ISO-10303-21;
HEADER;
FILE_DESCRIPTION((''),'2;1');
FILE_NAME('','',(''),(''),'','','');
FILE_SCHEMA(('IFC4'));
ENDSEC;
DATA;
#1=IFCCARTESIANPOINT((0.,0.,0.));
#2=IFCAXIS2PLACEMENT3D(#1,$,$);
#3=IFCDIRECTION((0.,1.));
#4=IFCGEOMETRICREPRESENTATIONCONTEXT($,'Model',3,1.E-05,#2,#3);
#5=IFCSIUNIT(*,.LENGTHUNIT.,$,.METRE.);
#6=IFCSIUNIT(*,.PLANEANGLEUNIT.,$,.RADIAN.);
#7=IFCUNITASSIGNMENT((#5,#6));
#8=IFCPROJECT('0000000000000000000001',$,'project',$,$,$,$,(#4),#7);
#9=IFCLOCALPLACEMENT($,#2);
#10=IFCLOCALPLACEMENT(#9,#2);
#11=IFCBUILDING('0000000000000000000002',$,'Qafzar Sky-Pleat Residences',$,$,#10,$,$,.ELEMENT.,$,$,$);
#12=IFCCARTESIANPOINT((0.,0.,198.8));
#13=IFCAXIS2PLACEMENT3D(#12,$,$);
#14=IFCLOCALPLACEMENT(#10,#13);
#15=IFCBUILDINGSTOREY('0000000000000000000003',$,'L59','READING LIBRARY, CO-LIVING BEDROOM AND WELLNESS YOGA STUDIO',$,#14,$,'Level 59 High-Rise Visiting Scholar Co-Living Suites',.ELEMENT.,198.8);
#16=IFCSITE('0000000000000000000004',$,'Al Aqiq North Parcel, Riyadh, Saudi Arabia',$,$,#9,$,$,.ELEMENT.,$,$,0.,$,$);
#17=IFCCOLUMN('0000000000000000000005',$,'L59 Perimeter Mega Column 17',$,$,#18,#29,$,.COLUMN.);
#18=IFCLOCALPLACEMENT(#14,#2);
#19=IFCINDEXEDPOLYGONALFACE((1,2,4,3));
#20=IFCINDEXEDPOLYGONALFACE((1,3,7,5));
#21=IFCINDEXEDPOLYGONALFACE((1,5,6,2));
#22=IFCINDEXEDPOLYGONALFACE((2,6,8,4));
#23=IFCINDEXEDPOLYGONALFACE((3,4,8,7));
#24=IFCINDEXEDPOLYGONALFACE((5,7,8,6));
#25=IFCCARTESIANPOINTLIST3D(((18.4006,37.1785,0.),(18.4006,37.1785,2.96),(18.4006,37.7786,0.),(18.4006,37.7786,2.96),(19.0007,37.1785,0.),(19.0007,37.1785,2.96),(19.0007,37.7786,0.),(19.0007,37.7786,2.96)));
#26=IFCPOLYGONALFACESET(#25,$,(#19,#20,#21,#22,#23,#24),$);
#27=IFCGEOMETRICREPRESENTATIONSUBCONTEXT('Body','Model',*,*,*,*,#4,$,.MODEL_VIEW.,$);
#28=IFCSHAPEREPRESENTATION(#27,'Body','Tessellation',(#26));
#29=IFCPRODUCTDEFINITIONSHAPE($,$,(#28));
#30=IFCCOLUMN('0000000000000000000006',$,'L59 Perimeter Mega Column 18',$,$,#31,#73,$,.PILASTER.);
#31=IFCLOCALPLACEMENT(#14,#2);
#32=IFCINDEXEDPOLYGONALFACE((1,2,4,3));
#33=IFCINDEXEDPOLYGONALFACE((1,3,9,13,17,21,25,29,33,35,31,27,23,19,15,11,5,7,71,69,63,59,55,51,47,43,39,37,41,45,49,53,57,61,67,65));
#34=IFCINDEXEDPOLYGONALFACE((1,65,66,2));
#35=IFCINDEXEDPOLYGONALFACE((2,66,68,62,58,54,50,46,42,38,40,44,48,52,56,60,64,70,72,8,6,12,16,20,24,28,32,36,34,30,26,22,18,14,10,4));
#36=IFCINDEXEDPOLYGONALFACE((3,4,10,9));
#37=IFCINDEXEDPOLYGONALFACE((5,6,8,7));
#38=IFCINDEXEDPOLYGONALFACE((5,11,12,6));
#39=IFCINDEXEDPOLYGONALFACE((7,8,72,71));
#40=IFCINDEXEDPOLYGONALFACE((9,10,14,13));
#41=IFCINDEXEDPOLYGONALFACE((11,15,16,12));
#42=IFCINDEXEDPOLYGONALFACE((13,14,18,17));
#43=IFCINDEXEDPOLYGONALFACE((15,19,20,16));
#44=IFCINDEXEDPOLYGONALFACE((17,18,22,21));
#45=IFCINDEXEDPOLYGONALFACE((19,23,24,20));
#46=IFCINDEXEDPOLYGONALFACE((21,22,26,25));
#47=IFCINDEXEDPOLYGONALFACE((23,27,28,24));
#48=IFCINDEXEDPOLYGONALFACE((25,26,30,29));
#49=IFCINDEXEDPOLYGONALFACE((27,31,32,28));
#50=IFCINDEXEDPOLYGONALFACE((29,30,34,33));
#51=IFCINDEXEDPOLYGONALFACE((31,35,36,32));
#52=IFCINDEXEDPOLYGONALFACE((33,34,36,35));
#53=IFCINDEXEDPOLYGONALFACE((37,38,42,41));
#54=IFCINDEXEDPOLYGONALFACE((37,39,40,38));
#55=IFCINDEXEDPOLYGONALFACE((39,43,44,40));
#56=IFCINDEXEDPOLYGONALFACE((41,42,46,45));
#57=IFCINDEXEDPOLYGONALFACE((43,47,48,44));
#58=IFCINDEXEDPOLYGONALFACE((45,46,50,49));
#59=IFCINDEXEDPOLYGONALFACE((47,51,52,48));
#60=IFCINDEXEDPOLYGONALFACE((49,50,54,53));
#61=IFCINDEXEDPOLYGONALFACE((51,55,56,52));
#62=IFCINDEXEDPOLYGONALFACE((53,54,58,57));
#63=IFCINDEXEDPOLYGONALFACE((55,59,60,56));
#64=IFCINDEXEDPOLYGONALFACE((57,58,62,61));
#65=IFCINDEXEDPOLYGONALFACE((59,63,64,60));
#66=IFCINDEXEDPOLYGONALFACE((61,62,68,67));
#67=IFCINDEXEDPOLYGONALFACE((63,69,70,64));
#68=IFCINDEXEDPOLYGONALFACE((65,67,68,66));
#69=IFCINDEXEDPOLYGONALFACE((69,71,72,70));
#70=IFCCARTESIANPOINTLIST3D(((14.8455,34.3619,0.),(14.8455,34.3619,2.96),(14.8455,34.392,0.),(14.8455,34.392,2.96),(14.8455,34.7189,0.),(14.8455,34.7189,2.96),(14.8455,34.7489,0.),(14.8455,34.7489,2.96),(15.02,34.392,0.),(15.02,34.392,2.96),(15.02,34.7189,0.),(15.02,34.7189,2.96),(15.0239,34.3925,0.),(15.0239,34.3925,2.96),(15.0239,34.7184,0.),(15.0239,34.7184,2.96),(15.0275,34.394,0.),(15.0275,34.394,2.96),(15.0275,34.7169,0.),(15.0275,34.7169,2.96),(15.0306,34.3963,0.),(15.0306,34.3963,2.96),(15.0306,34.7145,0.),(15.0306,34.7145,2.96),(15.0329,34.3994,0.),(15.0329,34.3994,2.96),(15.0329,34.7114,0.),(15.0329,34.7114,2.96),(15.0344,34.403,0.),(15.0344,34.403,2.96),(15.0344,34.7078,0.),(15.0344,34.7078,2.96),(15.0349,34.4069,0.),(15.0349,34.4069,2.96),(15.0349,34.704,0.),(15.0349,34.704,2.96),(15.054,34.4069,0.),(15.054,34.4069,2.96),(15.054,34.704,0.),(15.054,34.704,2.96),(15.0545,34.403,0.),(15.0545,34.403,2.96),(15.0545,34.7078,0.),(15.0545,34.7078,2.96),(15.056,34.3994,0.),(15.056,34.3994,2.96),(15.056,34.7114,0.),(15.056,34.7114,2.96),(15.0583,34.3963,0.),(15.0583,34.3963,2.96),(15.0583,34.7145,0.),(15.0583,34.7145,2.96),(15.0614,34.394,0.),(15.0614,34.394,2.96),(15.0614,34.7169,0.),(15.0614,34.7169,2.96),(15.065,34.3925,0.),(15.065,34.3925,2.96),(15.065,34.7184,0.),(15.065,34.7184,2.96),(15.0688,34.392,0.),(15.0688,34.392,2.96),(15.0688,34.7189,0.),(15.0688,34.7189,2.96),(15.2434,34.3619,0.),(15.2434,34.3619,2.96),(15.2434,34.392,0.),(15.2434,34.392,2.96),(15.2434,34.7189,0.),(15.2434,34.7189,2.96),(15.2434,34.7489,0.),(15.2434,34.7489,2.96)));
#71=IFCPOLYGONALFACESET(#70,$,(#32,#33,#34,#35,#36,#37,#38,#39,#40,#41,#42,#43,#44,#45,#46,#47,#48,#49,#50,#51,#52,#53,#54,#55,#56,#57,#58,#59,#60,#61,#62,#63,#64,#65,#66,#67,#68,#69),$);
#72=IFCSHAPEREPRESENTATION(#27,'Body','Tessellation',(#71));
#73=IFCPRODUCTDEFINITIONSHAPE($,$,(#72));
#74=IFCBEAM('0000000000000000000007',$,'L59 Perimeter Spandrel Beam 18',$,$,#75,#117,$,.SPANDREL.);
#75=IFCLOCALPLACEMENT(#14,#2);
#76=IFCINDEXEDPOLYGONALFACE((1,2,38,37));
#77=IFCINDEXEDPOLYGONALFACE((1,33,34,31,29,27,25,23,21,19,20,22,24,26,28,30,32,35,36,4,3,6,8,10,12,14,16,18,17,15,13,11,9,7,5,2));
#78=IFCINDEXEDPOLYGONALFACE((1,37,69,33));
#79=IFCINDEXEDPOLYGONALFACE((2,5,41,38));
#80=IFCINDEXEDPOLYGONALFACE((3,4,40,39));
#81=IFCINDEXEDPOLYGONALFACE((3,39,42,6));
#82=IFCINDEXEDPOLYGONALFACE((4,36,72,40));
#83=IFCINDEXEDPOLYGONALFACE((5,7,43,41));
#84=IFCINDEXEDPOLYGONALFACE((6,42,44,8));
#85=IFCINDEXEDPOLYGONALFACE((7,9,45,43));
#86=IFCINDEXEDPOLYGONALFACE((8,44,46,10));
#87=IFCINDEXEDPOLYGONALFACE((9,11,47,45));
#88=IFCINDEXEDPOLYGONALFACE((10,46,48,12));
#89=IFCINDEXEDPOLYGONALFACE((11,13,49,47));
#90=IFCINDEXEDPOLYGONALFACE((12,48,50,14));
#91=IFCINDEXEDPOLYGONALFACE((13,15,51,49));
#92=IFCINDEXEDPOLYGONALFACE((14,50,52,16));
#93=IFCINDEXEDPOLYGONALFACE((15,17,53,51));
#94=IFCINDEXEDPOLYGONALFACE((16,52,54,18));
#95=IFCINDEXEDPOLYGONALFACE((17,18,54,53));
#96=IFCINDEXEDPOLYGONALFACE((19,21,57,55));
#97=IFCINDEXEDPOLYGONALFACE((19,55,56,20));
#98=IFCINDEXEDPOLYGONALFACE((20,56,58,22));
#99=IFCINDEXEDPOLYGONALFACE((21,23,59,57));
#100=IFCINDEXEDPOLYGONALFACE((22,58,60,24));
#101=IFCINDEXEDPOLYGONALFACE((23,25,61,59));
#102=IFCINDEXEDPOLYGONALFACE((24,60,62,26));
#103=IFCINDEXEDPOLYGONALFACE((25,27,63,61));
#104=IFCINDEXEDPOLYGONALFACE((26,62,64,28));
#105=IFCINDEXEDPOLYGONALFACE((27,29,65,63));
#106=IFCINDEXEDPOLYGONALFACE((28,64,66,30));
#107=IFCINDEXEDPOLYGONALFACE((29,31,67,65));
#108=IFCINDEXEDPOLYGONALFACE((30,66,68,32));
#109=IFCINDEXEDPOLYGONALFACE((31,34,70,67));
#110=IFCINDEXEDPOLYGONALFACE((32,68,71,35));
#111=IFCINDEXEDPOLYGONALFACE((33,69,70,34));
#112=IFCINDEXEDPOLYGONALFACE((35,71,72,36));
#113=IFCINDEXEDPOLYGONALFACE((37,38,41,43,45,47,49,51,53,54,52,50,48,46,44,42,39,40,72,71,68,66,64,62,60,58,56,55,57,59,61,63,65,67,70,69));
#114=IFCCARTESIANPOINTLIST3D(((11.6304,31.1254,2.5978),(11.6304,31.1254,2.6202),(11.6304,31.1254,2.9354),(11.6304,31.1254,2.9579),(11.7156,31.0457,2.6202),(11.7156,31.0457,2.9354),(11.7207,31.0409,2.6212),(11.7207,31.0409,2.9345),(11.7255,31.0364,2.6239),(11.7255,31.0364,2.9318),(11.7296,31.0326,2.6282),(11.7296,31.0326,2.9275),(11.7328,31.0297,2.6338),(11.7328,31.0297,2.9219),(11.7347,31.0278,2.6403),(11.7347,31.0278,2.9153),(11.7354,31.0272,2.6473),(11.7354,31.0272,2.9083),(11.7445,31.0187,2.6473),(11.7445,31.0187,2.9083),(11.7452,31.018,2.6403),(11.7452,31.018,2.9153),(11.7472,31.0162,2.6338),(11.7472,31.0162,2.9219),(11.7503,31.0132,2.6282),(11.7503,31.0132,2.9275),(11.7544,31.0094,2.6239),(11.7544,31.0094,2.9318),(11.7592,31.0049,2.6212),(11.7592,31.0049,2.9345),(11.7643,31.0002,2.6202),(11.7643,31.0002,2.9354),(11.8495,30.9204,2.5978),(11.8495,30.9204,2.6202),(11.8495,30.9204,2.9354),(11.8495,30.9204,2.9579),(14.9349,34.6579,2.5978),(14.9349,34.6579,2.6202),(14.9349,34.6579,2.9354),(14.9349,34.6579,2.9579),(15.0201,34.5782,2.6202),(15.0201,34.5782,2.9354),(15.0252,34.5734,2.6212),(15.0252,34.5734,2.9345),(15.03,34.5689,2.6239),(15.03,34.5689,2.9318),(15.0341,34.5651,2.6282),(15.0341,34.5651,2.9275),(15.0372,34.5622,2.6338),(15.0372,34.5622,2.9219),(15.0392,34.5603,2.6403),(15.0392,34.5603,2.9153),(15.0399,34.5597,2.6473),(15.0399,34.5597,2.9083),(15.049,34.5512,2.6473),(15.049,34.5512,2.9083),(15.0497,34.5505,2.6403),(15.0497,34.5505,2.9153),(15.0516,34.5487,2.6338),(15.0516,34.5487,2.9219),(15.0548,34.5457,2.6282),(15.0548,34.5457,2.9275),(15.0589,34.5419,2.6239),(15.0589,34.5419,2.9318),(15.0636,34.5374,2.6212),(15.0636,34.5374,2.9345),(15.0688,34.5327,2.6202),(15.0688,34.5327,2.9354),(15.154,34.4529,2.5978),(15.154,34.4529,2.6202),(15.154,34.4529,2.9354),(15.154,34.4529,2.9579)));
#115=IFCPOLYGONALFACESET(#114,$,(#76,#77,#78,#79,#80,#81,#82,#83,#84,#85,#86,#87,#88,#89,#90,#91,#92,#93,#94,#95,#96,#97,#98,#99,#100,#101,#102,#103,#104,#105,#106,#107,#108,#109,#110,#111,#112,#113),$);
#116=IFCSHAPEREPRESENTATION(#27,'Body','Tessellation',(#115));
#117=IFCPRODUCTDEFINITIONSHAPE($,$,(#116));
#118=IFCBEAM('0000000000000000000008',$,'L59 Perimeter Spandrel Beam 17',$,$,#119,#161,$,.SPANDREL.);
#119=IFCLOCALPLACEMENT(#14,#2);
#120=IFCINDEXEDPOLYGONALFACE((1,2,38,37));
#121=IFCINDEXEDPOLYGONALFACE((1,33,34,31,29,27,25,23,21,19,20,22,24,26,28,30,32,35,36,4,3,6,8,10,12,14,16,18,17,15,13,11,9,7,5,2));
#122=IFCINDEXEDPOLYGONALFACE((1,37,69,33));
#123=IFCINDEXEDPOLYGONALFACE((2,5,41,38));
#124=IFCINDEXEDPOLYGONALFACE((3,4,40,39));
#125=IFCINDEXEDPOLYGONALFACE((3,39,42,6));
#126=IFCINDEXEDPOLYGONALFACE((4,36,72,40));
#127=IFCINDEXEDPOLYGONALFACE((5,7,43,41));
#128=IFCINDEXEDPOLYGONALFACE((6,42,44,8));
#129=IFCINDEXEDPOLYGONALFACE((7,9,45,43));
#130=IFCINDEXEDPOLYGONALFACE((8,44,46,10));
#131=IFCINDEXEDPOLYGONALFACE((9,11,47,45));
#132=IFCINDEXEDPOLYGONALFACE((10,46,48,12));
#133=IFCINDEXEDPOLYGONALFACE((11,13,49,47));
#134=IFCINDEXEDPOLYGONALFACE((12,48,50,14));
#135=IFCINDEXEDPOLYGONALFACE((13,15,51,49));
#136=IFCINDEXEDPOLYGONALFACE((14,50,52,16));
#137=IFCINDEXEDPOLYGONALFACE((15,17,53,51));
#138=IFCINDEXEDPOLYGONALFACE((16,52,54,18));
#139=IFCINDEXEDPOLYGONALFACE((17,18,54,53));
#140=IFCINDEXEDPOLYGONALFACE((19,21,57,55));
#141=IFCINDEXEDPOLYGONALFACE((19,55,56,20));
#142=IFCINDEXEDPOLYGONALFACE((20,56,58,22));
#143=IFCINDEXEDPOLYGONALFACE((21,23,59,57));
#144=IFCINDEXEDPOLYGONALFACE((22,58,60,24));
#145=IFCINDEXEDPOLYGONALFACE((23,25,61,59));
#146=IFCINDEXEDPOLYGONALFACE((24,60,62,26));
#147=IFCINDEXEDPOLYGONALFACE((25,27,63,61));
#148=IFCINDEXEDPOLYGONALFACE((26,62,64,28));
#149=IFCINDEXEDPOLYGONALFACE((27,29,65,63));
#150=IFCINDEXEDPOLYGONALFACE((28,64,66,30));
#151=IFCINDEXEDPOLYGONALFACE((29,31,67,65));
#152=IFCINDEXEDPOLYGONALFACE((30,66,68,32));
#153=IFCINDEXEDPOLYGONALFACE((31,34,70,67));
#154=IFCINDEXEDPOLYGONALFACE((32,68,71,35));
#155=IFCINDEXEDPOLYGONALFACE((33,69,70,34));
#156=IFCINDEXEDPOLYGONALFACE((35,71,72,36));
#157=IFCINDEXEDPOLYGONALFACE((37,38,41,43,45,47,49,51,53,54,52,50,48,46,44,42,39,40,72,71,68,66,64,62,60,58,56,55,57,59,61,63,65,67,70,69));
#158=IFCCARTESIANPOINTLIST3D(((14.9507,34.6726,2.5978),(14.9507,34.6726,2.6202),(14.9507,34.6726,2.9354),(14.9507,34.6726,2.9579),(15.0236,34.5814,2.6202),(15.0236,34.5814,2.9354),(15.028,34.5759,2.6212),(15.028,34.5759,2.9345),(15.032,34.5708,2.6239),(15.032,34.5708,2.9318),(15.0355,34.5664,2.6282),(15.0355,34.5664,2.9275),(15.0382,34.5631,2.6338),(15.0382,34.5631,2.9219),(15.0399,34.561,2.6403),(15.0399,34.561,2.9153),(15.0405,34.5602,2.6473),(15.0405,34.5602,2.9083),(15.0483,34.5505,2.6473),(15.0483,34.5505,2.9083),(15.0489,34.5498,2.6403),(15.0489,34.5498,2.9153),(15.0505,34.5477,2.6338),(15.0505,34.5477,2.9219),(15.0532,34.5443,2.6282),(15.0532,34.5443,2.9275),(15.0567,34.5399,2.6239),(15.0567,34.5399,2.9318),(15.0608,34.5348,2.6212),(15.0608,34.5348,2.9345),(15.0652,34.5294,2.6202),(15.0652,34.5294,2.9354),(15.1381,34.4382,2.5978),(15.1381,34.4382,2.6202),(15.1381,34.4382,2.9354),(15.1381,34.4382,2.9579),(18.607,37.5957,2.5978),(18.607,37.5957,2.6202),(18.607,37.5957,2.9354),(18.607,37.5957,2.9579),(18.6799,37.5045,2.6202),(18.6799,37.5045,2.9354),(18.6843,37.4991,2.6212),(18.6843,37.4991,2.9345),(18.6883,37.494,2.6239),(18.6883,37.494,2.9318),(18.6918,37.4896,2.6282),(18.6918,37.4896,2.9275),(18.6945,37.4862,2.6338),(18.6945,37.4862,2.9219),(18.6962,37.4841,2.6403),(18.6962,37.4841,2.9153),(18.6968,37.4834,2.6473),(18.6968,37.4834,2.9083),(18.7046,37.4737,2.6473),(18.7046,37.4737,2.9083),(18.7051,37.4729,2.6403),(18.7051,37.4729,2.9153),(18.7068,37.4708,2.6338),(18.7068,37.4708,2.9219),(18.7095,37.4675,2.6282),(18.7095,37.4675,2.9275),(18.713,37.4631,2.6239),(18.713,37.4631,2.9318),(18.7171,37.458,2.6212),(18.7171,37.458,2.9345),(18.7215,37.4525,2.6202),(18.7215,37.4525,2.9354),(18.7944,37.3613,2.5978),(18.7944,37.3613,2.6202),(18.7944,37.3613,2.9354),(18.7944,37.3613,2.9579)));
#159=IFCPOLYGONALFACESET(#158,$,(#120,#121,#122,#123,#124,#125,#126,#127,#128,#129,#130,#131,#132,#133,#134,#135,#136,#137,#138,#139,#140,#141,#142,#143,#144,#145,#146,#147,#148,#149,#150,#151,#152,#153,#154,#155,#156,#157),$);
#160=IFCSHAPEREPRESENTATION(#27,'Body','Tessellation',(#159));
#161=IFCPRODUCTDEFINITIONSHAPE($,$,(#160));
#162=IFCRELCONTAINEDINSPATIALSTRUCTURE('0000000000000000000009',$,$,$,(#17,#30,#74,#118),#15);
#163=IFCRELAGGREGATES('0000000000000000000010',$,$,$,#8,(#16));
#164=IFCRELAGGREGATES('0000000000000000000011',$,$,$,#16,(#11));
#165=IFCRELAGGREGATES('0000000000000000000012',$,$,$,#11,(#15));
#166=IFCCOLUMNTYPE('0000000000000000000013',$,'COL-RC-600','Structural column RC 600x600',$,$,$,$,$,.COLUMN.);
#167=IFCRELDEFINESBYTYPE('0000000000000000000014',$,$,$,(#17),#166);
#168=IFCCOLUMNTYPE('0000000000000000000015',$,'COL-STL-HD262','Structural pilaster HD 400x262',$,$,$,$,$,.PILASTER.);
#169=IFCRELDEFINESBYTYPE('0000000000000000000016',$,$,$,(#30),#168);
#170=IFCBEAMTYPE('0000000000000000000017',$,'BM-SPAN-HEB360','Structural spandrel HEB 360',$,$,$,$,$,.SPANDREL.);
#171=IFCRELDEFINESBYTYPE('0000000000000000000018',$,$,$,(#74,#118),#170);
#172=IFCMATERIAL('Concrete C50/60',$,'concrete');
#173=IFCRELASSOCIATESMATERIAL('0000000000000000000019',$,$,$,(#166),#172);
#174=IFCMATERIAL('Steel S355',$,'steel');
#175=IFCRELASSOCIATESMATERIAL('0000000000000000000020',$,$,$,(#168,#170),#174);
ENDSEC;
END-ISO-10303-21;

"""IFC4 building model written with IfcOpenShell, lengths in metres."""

from ifc_helpers import new_model, si_unit, direction, frame, origin, origin_2d, place, context, subcontext, project, spatial, rectangle, i_section, extrude, source, transform, mapped, material, material_profile, profile_set, type_object, element, save


model = new_model("IFC4")

# Units and contexts
model_context = context("Model", 3, precision=1e-05, world=origin(), true_north=direction((0.0, 1.0)))
body_context = subcontext(model_context, "Body", "Model", "MODEL_VIEW")
ifc_project = project(units=[si_unit("LENGTHUNIT", "METRE"), si_unit("PLANEANGLEUNIT", "RADIAN")], contexts=[model_context])

# Site, building, storey
site_placement = place(None, origin())
site = spatial("IfcSite", under=ifc_project, at=site_placement, Name="Al Aqiq North Parcel, Riyadh, Saudi Arabia", CompositionType="ELEMENT", RefElevation=0.0)
building_placement = place(site_placement, origin())
building = spatial("IfcBuilding", under=site, at=building_placement, Name="Qafzar Sky-Pleat Residences", CompositionType="ELEMENT")
storey_placement = place(building_placement, frame((0.0, 0.0, 198.8)))
storey = spatial("IfcBuildingStorey", under=building, at=storey_placement, Name="L59", Description="READING LIBRARY, CO-LIVING BEDROOM AND WELLNESS YOGA STUDIO", LongName="Level 59 High-Rise Visiting Scholar Co-Living Suites", CompositionType="ELEMENT", Elevation=198.8)

# Columns
ifc_material_1 = material(Name="Concrete C50/60", Category="concrete")
ifc_material_profile_1 = material_profile(ifc_material_1, rectangle(XDim=0.6001, YDim=0.6001, at=origin_2d()), Name="RC 600x600")
ifc_profile_set_1 = profile_set([ifc_material_profile_1], Name="Concrete C50/60")
column_type_1 = type_object("IfcColumnType", Name="COL-RC-600", Description="Structural column RC 600x600", PredefinedType="COLUMN", material=ifc_profile_set_1)
shared_shape_1 = source(origin(), body_context, "Body", "SweptSolid", [
    extrude(rectangle(XDim=0.6001, YDim=0.6001, at=origin_2d()), origin(), (0.0, 0.0, 1.0), 2.96),
])
column_1_placement = place(storey_placement, frame((18.7007, 37.4785, 0.0), z_axis=(0.0, 0.0, 1.0), x_axis=(1.0, 0.0, 0.0)))
element("IfcColumn", 1, at=column_1_placement, inside=storey, type_object=column_type_1, Name="L59 Perimeter Mega Column 17", PredefinedType="COLUMN", context=body_context, shape_type="MappedRepresentation", body=[
    mapped(shared_shape_1, transform((0.0, 0.0, 0.0), x_axis=(1.0, 0.0, 0.0), y_axis=(0.0, 1.0, 0.0), z_axis=(0.0, 0.0, 1.0), scale=1.0)),
])
ifc_material_2 = material(Name="Steel S355", Category="steel")
ifc_material_profile_2 = material_profile(ifc_material_2, i_section(OverallWidth=0.3979, OverallDepth=0.387, WebThickness=0.019, FlangeThickness=0.03, FilletRadius=0.0149, at=origin_2d()), Name="HD 400x262")
ifc_profile_set_2 = profile_set([ifc_material_profile_2], Name="Steel S355")
column_type_2 = type_object("IfcColumnType", Name="COL-STL-HD262", Description="Structural pilaster HD 400x262", PredefinedType="PILASTER", material=ifc_profile_set_2)
shared_shape_2 = source(origin(), body_context, "Body", "SweptSolid", [
    extrude(i_section(OverallWidth=0.3979, OverallDepth=0.387, WebThickness=0.019, FlangeThickness=0.03, FilletRadius=0.0149, at=origin_2d()), origin(), (0.0, 0.0, 1.0), 2.96),
])
column_2_placement = place(storey_placement, frame((15.0444, 34.5554, 0.0), z_axis=(0.0, 0.0, 1.0), x_axis=(1.0, 0.0, 0.0)))
element("IfcColumn", 2, at=column_2_placement, inside=storey, type_object=column_type_2, Name="L59 Perimeter Mega Column 18", PredefinedType="PILASTER", context=body_context, shape_type="MappedRepresentation", body=[
    mapped(shared_shape_2, transform((0.0, 0.0, 0.0), x_axis=(1.0, 0.0, 0.0), y_axis=(0.0, 1.0, 0.0), z_axis=(0.0, 0.0, 1.0), scale=1.0)),
])

# Beams
ifc_material_profile_3 = material_profile(ifc_material_2, i_section(OverallWidth=0.3, OverallDepth=0.3601, WebThickness=0.0125, FlangeThickness=0.0225, FilletRadius=0.0271, at=origin_2d()), Name="HEB 360")
ifc_profile_set_3 = profile_set([ifc_material_profile_3], Name="Steel S355")
beam_type_1 = type_object("IfcBeamType", Name="BM-SPAN-HEB360", Description="Structural spandrel HEB 360", PredefinedType="SPANDREL", material=ifc_profile_set_3)
shared_shape_3 = source(origin(), body_context, "Body", "SweptSolid", [
    extrude(i_section(OverallWidth=0.3, OverallDepth=0.3601, WebThickness=0.0125, FlangeThickness=0.0225, FilletRadius=0.0271, at=origin_2d()), origin(), (0.0, 0.0, 1.0), 4.8372),
])
beam_1_placement = place(storey_placement, frame((15.0444, 34.5554, 2.7778), z_axis=(-0.683143, -0.730284, 0.0), x_axis=(0.730284, -0.683143, 0.0)))
element("IfcBeam", 3, at=beam_1_placement, inside=storey, type_object=beam_type_1, Name="L59 Perimeter Spandrel Beam 18", PredefinedType="SPANDREL", context=body_context, shape_type="MappedRepresentation", body=[
    mapped(shared_shape_3, transform((0.0, 0.0, 0.0), x_axis=(1.0, 0.0, 0.0), y_axis=(0.0, 1.0, 0.0), z_axis=(0.0, 0.0, 1.0), scale=1.0)),
])
shared_shape_4 = source(origin(), body_context, "Body", "SweptSolid", [
    extrude(i_section(OverallWidth=0.3, OverallDepth=0.3601, WebThickness=0.0125, FlangeThickness=0.0225, FilletRadius=0.0271, at=origin_2d()), origin(), (0.0, 0.0, 1.0), 4.6812),
])
beam_2_placement = place(storey_placement, frame((18.7007, 37.4785, 2.7778), z_axis=(-0.781067, -0.624447, 0.0), x_axis=(0.624447, -0.781067, 0.0)))
element("IfcBeam", 4, at=beam_2_placement, inside=storey, type_object=beam_type_1, Name="L59 Perimeter Spandrel Beam 17", PredefinedType="SPANDREL", context=body_context, shape_type="MappedRepresentation", body=[
    mapped(shared_shape_4, transform((0.0, 0.0, 0.0), x_axis=(1.0, 0.0, 0.0), y_axis=(0.0, 1.0, 0.0), z_axis=(0.0, 0.0, 1.0), scale=1.0)),
])

save(model, "model.ifc")
